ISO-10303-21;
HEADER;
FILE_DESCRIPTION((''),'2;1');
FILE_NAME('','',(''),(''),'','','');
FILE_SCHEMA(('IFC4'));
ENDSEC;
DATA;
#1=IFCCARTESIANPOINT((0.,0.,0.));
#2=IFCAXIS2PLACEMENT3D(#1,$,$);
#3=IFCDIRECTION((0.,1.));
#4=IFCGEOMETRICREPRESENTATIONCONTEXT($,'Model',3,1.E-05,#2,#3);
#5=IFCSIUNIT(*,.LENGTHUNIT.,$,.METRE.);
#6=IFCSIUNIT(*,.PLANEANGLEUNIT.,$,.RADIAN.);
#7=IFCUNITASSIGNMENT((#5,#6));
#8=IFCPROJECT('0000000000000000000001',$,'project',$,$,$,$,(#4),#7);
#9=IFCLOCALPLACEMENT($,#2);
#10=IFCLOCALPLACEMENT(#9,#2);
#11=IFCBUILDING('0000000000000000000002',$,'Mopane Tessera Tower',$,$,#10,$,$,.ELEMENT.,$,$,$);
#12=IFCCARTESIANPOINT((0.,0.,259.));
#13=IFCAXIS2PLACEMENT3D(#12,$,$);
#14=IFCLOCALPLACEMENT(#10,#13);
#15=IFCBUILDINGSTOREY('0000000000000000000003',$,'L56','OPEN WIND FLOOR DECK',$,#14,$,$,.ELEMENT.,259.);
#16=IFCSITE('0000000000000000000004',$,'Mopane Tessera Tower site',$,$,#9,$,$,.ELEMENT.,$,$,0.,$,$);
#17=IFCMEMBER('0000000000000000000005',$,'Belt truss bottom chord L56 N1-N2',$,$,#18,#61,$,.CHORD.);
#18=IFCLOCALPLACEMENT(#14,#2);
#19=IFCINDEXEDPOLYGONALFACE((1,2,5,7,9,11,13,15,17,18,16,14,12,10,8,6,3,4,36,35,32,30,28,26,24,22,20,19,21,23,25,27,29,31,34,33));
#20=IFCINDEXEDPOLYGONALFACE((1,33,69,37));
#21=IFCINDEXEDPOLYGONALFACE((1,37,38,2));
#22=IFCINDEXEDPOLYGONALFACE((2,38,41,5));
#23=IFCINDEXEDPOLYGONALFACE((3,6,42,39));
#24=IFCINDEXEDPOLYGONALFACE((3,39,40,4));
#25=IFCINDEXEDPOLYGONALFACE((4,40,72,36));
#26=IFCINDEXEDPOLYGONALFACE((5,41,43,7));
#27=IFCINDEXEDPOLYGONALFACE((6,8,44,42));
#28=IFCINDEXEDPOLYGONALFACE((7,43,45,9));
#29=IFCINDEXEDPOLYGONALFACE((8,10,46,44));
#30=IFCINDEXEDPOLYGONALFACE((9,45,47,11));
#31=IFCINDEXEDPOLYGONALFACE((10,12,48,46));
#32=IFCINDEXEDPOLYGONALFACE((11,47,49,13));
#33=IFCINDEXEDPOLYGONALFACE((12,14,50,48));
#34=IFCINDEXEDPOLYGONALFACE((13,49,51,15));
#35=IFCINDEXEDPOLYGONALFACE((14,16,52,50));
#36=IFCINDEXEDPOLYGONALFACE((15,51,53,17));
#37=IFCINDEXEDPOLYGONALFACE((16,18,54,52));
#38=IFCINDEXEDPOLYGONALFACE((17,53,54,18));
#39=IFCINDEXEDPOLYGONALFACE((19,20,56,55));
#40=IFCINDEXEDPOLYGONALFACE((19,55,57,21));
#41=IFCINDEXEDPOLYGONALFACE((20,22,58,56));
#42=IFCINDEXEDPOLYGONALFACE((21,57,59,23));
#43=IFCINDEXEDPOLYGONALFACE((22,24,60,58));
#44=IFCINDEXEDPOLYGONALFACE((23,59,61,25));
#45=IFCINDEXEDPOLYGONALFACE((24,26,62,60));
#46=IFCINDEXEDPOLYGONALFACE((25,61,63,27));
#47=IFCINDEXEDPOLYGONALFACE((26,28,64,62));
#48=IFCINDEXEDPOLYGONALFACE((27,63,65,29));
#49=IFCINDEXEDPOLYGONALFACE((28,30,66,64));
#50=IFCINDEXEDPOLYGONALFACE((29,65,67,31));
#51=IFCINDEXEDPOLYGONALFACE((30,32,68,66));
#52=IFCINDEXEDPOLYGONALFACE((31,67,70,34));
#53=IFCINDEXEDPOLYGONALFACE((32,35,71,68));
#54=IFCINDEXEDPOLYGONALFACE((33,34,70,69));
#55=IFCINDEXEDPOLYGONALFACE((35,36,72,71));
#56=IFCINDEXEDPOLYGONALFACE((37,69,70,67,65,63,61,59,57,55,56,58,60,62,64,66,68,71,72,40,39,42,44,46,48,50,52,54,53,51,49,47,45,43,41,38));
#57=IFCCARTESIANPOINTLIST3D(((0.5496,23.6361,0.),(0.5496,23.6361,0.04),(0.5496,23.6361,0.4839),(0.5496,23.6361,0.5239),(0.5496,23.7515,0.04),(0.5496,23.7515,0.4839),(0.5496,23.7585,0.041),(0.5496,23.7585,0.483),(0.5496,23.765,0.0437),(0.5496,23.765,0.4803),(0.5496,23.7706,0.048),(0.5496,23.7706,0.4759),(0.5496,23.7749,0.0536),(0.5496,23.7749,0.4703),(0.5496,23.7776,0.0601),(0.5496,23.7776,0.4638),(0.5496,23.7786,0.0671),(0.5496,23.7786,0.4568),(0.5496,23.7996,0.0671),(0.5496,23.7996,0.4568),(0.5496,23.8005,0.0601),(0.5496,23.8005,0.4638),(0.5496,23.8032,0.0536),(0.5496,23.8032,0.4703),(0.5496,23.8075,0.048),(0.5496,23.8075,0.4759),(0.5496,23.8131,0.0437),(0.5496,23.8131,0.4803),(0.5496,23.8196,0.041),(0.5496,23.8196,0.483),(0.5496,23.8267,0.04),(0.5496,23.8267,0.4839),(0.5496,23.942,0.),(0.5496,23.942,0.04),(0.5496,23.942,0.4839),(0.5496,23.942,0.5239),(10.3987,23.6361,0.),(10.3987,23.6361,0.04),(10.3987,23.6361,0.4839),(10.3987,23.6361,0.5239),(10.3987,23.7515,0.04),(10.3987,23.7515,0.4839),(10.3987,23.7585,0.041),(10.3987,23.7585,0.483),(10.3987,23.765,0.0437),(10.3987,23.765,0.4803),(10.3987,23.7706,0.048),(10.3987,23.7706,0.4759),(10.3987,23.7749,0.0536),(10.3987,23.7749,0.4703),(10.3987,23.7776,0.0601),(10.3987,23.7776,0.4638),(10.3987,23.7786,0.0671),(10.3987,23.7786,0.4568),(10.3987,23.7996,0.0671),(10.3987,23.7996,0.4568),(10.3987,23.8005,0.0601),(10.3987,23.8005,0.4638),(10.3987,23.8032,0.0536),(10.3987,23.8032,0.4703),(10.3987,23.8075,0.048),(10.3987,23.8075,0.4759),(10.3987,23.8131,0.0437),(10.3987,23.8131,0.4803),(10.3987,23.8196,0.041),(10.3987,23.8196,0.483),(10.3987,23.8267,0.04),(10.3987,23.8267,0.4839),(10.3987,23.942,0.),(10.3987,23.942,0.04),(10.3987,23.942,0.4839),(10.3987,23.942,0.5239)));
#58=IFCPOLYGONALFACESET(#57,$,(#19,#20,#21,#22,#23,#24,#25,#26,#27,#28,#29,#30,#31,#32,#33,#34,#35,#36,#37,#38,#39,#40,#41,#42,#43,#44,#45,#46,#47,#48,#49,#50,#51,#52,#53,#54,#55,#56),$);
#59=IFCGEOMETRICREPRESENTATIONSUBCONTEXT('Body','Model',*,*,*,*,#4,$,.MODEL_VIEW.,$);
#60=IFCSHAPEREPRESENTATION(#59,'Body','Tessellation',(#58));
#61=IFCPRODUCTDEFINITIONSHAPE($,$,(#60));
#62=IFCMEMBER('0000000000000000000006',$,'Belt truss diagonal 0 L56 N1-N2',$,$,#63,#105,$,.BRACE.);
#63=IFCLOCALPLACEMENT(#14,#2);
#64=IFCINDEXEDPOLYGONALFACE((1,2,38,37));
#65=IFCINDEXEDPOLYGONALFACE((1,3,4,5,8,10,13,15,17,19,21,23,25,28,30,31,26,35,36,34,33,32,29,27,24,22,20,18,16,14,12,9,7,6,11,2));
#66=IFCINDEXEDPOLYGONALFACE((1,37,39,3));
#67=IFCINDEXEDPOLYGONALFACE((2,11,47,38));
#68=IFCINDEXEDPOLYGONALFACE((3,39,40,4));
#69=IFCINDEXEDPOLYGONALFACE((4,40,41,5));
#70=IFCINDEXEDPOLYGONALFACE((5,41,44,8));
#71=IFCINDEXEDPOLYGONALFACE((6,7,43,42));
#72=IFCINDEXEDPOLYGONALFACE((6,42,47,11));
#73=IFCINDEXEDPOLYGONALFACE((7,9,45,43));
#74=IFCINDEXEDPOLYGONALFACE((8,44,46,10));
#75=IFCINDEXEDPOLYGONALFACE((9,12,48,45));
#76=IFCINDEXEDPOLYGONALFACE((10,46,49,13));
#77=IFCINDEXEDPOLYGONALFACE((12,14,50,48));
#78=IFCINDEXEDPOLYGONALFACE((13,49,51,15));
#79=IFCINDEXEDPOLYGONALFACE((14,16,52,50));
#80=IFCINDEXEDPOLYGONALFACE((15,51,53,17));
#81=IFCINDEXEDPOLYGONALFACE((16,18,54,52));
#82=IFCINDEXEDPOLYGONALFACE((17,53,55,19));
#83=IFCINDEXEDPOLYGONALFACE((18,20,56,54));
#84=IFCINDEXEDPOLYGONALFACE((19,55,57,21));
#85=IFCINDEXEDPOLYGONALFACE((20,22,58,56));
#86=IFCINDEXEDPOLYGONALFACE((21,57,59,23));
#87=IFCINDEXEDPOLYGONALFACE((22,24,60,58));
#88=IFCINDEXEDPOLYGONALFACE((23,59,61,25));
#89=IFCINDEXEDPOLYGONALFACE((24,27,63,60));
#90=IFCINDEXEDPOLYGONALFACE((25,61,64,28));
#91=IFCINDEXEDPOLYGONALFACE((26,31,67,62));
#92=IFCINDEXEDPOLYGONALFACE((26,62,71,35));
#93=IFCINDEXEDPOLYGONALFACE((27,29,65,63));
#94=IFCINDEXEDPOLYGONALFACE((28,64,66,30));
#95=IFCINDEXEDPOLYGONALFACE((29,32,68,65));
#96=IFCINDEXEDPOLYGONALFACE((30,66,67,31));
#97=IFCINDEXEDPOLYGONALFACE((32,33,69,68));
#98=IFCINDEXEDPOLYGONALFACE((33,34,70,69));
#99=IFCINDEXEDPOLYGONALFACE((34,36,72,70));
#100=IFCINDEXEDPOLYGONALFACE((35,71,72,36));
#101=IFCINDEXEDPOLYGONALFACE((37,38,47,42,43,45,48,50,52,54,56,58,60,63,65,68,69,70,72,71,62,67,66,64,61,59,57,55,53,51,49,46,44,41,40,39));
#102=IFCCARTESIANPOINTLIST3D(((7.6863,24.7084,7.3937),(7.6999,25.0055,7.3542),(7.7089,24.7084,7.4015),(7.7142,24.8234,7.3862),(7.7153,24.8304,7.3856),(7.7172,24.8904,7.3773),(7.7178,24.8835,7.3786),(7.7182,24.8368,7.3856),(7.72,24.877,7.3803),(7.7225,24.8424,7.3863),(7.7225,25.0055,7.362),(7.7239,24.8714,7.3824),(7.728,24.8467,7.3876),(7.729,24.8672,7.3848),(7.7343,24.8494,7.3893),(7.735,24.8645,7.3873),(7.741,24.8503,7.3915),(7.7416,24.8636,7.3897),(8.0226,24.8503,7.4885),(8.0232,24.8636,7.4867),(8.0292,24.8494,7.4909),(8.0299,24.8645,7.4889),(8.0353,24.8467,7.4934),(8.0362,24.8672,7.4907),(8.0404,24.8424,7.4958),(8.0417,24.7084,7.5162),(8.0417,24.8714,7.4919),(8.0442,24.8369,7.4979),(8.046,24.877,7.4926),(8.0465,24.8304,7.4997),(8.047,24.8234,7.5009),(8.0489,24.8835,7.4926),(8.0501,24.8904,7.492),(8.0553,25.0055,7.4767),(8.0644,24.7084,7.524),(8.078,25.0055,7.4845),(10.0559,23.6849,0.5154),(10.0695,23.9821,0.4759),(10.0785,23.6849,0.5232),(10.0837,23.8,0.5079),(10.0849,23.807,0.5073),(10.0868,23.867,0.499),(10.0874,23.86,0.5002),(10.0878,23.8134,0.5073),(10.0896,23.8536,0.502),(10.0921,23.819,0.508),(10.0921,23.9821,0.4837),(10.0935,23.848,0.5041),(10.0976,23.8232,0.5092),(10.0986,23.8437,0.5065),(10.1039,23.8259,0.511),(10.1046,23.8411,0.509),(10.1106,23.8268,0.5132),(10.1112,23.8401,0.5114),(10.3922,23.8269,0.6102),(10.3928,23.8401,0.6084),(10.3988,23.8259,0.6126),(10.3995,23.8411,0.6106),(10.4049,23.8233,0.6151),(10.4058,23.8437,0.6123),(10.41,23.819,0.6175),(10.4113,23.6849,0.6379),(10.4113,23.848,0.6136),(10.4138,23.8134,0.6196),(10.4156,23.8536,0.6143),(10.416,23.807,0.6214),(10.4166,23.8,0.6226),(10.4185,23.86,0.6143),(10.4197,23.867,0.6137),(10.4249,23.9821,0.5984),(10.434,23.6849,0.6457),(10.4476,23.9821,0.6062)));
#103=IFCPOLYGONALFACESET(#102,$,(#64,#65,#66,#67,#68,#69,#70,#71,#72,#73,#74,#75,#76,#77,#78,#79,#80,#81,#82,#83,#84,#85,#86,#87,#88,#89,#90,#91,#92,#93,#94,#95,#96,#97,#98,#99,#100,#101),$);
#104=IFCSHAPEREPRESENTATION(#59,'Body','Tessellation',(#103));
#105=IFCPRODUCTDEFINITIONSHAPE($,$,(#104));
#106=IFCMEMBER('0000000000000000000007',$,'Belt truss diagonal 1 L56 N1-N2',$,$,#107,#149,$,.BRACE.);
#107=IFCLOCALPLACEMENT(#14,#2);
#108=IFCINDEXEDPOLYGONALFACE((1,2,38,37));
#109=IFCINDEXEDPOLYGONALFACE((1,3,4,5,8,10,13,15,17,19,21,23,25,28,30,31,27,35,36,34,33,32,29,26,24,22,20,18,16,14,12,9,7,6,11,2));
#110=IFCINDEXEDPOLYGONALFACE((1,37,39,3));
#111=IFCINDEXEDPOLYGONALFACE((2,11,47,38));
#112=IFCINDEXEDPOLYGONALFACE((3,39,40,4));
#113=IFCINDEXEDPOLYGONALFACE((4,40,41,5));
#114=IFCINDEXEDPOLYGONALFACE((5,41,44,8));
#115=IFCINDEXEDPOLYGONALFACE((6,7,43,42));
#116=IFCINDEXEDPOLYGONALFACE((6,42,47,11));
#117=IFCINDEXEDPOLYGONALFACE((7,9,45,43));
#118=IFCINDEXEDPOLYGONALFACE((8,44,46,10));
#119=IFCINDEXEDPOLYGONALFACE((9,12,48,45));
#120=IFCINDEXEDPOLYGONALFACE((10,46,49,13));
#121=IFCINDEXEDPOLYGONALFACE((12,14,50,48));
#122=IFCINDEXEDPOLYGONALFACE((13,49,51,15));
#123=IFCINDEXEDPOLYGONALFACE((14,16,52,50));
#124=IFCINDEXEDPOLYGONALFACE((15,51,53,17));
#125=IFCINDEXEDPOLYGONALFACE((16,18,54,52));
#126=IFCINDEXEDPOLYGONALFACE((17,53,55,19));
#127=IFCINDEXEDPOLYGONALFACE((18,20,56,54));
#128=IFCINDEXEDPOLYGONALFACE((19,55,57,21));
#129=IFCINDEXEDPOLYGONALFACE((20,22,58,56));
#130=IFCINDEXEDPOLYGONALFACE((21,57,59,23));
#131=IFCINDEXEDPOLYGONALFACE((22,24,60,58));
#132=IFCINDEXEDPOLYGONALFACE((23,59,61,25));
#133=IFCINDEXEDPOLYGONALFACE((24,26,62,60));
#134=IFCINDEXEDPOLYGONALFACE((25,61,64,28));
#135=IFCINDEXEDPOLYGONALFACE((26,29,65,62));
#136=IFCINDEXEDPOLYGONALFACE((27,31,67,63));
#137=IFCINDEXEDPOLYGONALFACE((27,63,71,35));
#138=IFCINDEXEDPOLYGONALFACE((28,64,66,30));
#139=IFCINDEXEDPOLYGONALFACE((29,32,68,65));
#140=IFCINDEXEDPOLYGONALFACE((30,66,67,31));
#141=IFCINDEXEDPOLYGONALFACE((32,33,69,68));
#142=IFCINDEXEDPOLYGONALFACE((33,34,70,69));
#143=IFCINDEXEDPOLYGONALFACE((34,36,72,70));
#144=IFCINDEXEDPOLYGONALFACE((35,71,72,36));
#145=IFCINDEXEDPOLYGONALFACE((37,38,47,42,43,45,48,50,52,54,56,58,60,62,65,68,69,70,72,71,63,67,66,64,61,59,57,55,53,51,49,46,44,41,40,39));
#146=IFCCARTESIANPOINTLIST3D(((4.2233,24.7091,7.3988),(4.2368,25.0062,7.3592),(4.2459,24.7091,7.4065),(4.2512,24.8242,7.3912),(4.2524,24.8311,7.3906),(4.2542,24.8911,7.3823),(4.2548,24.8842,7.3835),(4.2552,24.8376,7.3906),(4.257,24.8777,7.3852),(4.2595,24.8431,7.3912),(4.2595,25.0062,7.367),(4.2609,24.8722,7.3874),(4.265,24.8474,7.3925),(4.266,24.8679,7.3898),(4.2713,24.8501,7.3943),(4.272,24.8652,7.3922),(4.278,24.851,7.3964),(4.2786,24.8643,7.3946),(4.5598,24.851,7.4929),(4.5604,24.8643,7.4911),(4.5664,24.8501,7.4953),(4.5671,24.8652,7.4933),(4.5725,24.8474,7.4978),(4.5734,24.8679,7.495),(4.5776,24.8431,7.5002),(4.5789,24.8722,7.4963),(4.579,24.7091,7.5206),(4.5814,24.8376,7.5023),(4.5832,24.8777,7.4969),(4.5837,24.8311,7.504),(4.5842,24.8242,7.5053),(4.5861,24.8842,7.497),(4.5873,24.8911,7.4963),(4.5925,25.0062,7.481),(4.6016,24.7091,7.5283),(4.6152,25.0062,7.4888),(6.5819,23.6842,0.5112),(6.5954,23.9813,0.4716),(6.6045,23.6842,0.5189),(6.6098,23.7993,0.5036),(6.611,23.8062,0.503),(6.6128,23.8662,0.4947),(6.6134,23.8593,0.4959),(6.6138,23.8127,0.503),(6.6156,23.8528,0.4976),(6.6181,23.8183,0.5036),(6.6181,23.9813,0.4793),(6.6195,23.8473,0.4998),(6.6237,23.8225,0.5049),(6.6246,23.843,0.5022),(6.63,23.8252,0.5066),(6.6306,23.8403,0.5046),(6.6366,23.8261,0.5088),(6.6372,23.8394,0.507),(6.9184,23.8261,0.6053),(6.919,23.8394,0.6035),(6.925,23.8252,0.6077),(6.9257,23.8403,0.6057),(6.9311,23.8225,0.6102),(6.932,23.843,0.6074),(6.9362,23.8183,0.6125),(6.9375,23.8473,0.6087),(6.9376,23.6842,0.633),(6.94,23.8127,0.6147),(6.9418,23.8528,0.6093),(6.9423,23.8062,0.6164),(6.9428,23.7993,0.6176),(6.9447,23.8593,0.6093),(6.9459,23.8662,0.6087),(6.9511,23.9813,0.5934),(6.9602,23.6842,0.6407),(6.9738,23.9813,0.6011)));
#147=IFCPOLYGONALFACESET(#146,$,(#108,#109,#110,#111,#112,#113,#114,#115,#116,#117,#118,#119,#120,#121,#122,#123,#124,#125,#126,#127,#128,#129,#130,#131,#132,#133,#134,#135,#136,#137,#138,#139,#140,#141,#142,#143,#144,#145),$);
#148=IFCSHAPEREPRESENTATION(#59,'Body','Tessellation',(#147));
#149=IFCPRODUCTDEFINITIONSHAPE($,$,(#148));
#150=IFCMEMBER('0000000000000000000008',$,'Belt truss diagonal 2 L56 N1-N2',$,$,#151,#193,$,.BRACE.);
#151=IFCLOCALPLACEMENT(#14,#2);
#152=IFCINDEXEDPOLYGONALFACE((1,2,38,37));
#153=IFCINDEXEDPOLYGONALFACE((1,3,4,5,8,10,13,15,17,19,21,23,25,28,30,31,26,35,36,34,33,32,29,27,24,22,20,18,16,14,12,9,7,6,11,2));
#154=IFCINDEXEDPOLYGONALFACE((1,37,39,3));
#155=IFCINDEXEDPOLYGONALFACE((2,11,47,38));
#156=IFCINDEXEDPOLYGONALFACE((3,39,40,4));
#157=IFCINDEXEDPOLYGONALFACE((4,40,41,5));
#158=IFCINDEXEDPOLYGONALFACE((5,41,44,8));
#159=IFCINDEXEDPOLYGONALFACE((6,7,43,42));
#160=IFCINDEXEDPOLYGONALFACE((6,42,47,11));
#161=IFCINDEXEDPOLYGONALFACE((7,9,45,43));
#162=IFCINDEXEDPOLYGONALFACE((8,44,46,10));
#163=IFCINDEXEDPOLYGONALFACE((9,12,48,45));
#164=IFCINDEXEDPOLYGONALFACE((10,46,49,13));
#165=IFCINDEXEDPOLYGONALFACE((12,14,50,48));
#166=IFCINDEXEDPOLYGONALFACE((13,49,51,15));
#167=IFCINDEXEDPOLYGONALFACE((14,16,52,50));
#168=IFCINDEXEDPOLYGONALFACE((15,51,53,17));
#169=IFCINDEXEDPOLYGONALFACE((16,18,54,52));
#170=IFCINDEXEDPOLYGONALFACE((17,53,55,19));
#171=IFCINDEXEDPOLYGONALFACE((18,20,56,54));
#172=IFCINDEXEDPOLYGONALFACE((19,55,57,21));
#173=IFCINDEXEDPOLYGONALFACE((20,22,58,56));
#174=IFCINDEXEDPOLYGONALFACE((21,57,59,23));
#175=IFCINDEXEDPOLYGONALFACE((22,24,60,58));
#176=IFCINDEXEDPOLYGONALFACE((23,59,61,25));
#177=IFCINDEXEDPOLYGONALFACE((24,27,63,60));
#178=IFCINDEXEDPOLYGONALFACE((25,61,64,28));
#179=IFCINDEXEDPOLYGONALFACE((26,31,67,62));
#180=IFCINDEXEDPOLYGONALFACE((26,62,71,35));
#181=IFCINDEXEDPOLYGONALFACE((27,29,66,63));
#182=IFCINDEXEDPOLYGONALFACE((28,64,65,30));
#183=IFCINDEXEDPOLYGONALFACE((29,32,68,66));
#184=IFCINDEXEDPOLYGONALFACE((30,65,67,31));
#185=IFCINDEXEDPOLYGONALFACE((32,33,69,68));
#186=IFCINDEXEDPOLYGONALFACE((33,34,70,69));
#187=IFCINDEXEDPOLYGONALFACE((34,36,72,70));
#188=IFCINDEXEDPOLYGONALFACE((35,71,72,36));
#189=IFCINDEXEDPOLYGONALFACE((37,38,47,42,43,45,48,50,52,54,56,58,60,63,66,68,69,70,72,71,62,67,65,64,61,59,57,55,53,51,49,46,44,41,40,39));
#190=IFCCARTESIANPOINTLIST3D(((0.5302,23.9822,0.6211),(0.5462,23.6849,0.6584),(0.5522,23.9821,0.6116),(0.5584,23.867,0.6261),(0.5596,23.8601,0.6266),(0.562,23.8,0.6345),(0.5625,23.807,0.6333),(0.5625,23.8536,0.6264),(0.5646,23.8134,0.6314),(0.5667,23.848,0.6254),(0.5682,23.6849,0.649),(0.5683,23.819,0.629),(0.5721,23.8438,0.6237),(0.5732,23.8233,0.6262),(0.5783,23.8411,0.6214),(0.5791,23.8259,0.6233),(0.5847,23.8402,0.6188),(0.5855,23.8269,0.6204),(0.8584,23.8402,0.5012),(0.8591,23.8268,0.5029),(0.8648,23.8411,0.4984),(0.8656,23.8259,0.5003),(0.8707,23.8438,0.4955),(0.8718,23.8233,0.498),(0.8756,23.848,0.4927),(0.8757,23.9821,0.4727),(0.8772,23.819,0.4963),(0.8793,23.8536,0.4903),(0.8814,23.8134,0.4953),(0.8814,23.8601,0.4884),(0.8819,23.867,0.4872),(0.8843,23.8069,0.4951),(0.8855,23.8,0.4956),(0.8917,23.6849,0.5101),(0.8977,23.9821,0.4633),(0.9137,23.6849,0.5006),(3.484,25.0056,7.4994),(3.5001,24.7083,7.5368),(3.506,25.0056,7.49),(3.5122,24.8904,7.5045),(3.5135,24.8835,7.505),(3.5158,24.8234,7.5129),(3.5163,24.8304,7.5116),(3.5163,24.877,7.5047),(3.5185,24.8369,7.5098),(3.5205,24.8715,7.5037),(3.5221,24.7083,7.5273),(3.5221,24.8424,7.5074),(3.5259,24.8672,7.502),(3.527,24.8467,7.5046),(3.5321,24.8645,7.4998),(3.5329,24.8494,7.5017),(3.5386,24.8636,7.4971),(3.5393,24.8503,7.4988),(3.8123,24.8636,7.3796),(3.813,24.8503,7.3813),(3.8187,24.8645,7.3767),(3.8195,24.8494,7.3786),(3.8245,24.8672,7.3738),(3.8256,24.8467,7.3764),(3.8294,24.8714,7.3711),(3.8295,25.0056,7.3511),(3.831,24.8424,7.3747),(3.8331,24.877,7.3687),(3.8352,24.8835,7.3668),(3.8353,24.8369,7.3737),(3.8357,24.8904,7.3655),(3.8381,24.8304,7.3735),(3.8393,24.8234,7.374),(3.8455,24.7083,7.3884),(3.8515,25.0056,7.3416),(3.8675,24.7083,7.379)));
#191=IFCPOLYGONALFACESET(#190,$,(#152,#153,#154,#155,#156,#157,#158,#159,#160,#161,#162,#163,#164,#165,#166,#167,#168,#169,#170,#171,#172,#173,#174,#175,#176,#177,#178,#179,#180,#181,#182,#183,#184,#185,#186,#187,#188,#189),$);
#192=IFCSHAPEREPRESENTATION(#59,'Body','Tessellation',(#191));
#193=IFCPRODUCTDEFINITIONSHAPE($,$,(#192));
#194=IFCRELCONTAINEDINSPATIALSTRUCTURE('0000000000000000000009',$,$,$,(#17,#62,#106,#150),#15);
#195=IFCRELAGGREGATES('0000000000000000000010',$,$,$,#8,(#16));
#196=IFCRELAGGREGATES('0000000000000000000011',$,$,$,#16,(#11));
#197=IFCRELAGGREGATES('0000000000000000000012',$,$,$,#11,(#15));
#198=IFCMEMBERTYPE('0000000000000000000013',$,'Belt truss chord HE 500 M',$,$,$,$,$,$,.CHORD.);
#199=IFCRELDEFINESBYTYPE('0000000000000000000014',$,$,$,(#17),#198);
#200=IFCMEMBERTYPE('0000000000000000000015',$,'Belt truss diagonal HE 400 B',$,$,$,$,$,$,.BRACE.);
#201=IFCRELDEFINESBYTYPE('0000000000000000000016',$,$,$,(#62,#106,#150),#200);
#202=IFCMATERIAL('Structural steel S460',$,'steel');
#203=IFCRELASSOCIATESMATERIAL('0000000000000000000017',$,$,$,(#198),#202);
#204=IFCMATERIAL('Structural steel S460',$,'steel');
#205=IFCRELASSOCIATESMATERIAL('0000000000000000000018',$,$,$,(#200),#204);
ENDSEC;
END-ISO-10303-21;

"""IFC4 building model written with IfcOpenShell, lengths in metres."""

from ifc_helpers import new_model, si_unit, direction, frame, origin, origin_2d, place, context, subcontext, project, spatial, i_section, extrude, material, material_profile, profile_set, type_object, element, save


model = new_model("IFC4")

# Units and contexts
model_context = context("Model", 3, precision=1e-05, world=origin(), true_north=direction((0.0, 1.0)))
body_context = subcontext(model_context, "Body", "Model", "MODEL_VIEW")
ifc_project = project(units=[si_unit("LENGTHUNIT", "METRE"), si_unit("PLANEANGLEUNIT", "RADIAN")], contexts=[model_context])

# Site, building, storey
site_placement = place(None, origin())
site = spatial("IfcSite", under=ifc_project, at=site_placement, Name="Mopane Tessera Tower site", CompositionType="ELEMENT", RefElevation=0.0)
building_placement = place(site_placement, origin())
building = spatial("IfcBuilding", under=site, at=building_placement, Name="Mopane Tessera Tower", CompositionType="ELEMENT")
storey_placement = place(building_placement, frame((0.0, 0.0, 259.0)))
storey = spatial("IfcBuildingStorey", under=building, at=storey_placement, Name="L56", Description="OPEN WIND FLOOR DECK", CompositionType="ELEMENT", Elevation=259.0)

# Members
ifc_material_1 = material(Name="Structural steel S460", Category="steel")
ifc_material_profile_1 = material_profile(ifc_material_1, i_section(OverallWidth=0.3059, OverallDepth=0.5239, WebThickness=0.021, FlangeThickness=0.04, FilletRadius=0.0271, at=origin_2d()))
ifc_profile_set_1 = profile_set([ifc_material_profile_1], Name="Structural steel S460")
member_type_1 = type_object("IfcMemberType", Name="Belt truss chord HE 500 M", PredefinedType="CHORD", material=ifc_profile_set_1)
member_1_placement = place(storey_placement, frame((10.3987, 23.7891, 0.262), z_axis=(-1.0, 0.0, 0.0), x_axis=(0.0, -1.0, 0.0)))
element("IfcMember", 1, at=member_1_placement, inside=storey, type_object=member_type_1, Name="Belt truss bottom chord L56 N1-N2", PredefinedType="CHORD", context=body_context, shape_type="SweptSolid", body=[
    extrude(i_section(OverallWidth=0.3059, OverallDepth=0.5239, WebThickness=0.021, FlangeThickness=0.04, FilletRadius=0.0271, at=origin_2d()), origin(), (0.0, 0.0, 1.0), 9.8491),
])
ifc_material_2 = material(Name="Structural steel S460", Category="steel")
ifc_material_profile_2 = material_profile(ifc_material_2, i_section(OverallWidth=0.3, OverallDepth=0.3999, WebThickness=0.0134, FlangeThickness=0.0239, FilletRadius=0.0271, at=origin_2d()))
ifc_profile_set_2 = profile_set([ifc_material_profile_2], Name="Structural steel S460")
member_type_2 = type_object("IfcMemberType", Name="Belt truss diagonal HE 400 B", PredefinedType="BRACE", material=ifc_profile_set_2)
member_2_placement = place(storey_placement, frame((10.2517, 23.8335, 0.5608), z_axis=(-0.32254, 0.139304, 0.936249), x_axis=(-0.045353, -0.99025, 0.131715)))
element("IfcMember", 2, at=member_2_placement, inside=storey, type_object=member_type_2, Name="Belt truss diagonal 0 L56 N1-N2", PredefinedType="BRACE", context=body_context, shape_type="SweptSolid", body=[
    extrude(i_section(OverallWidth=0.3, OverallDepth=0.3999, WebThickness=0.0134, FlangeThickness=0.0239, FilletRadius=0.0271, at=origin_2d()), origin(), (0.0, 0.0, 1.0), 7.3467),
])
member_3_placement = place(storey_placement, frame((6.7778, 23.8328, 0.5562), z_axis=(-0.32081, 0.139402, 0.936829), x_axis=(-0.045148, -0.990236, 0.131888)))
element("IfcMember", 3, at=member_3_placement, inside=storey, type_object=member_type_2, Name="Belt truss diagonal 1 L56 N1-N2", PredefinedType="BRACE", context=body_context, shape_type="SweptSolid", body=[
    extrude(i_section(OverallWidth=0.3, OverallDepth=0.3999, WebThickness=0.0134, FlangeThickness=0.0239, FilletRadius=0.0271, at=origin_2d()), origin(), (0.0, 0.0, 1.0), 7.3521),
])
member_4_placement = place(storey_placement, frame((3.6758, 24.8569, 7.4392), z_axis=(-0.390955, -0.135456, -0.910388), x_axis=(0.053432, -0.990783, 0.124472)))
element("IfcMember", 4, at=member_4_placement, inside=storey, type_object=member_type_2, Name="Belt truss diagonal 2 L56 N1-N2", PredefinedType="BRACE", context=body_context, shape_type="SweptSolid", body=[
    extrude(i_section(OverallWidth=0.3, OverallDepth=0.3999, WebThickness=0.0134, FlangeThickness=0.0239, FilletRadius=0.0271, at=origin_2d()), origin(), (0.0, 0.0, 1.0), 7.5554),
])

save(model, "model.ifc")
